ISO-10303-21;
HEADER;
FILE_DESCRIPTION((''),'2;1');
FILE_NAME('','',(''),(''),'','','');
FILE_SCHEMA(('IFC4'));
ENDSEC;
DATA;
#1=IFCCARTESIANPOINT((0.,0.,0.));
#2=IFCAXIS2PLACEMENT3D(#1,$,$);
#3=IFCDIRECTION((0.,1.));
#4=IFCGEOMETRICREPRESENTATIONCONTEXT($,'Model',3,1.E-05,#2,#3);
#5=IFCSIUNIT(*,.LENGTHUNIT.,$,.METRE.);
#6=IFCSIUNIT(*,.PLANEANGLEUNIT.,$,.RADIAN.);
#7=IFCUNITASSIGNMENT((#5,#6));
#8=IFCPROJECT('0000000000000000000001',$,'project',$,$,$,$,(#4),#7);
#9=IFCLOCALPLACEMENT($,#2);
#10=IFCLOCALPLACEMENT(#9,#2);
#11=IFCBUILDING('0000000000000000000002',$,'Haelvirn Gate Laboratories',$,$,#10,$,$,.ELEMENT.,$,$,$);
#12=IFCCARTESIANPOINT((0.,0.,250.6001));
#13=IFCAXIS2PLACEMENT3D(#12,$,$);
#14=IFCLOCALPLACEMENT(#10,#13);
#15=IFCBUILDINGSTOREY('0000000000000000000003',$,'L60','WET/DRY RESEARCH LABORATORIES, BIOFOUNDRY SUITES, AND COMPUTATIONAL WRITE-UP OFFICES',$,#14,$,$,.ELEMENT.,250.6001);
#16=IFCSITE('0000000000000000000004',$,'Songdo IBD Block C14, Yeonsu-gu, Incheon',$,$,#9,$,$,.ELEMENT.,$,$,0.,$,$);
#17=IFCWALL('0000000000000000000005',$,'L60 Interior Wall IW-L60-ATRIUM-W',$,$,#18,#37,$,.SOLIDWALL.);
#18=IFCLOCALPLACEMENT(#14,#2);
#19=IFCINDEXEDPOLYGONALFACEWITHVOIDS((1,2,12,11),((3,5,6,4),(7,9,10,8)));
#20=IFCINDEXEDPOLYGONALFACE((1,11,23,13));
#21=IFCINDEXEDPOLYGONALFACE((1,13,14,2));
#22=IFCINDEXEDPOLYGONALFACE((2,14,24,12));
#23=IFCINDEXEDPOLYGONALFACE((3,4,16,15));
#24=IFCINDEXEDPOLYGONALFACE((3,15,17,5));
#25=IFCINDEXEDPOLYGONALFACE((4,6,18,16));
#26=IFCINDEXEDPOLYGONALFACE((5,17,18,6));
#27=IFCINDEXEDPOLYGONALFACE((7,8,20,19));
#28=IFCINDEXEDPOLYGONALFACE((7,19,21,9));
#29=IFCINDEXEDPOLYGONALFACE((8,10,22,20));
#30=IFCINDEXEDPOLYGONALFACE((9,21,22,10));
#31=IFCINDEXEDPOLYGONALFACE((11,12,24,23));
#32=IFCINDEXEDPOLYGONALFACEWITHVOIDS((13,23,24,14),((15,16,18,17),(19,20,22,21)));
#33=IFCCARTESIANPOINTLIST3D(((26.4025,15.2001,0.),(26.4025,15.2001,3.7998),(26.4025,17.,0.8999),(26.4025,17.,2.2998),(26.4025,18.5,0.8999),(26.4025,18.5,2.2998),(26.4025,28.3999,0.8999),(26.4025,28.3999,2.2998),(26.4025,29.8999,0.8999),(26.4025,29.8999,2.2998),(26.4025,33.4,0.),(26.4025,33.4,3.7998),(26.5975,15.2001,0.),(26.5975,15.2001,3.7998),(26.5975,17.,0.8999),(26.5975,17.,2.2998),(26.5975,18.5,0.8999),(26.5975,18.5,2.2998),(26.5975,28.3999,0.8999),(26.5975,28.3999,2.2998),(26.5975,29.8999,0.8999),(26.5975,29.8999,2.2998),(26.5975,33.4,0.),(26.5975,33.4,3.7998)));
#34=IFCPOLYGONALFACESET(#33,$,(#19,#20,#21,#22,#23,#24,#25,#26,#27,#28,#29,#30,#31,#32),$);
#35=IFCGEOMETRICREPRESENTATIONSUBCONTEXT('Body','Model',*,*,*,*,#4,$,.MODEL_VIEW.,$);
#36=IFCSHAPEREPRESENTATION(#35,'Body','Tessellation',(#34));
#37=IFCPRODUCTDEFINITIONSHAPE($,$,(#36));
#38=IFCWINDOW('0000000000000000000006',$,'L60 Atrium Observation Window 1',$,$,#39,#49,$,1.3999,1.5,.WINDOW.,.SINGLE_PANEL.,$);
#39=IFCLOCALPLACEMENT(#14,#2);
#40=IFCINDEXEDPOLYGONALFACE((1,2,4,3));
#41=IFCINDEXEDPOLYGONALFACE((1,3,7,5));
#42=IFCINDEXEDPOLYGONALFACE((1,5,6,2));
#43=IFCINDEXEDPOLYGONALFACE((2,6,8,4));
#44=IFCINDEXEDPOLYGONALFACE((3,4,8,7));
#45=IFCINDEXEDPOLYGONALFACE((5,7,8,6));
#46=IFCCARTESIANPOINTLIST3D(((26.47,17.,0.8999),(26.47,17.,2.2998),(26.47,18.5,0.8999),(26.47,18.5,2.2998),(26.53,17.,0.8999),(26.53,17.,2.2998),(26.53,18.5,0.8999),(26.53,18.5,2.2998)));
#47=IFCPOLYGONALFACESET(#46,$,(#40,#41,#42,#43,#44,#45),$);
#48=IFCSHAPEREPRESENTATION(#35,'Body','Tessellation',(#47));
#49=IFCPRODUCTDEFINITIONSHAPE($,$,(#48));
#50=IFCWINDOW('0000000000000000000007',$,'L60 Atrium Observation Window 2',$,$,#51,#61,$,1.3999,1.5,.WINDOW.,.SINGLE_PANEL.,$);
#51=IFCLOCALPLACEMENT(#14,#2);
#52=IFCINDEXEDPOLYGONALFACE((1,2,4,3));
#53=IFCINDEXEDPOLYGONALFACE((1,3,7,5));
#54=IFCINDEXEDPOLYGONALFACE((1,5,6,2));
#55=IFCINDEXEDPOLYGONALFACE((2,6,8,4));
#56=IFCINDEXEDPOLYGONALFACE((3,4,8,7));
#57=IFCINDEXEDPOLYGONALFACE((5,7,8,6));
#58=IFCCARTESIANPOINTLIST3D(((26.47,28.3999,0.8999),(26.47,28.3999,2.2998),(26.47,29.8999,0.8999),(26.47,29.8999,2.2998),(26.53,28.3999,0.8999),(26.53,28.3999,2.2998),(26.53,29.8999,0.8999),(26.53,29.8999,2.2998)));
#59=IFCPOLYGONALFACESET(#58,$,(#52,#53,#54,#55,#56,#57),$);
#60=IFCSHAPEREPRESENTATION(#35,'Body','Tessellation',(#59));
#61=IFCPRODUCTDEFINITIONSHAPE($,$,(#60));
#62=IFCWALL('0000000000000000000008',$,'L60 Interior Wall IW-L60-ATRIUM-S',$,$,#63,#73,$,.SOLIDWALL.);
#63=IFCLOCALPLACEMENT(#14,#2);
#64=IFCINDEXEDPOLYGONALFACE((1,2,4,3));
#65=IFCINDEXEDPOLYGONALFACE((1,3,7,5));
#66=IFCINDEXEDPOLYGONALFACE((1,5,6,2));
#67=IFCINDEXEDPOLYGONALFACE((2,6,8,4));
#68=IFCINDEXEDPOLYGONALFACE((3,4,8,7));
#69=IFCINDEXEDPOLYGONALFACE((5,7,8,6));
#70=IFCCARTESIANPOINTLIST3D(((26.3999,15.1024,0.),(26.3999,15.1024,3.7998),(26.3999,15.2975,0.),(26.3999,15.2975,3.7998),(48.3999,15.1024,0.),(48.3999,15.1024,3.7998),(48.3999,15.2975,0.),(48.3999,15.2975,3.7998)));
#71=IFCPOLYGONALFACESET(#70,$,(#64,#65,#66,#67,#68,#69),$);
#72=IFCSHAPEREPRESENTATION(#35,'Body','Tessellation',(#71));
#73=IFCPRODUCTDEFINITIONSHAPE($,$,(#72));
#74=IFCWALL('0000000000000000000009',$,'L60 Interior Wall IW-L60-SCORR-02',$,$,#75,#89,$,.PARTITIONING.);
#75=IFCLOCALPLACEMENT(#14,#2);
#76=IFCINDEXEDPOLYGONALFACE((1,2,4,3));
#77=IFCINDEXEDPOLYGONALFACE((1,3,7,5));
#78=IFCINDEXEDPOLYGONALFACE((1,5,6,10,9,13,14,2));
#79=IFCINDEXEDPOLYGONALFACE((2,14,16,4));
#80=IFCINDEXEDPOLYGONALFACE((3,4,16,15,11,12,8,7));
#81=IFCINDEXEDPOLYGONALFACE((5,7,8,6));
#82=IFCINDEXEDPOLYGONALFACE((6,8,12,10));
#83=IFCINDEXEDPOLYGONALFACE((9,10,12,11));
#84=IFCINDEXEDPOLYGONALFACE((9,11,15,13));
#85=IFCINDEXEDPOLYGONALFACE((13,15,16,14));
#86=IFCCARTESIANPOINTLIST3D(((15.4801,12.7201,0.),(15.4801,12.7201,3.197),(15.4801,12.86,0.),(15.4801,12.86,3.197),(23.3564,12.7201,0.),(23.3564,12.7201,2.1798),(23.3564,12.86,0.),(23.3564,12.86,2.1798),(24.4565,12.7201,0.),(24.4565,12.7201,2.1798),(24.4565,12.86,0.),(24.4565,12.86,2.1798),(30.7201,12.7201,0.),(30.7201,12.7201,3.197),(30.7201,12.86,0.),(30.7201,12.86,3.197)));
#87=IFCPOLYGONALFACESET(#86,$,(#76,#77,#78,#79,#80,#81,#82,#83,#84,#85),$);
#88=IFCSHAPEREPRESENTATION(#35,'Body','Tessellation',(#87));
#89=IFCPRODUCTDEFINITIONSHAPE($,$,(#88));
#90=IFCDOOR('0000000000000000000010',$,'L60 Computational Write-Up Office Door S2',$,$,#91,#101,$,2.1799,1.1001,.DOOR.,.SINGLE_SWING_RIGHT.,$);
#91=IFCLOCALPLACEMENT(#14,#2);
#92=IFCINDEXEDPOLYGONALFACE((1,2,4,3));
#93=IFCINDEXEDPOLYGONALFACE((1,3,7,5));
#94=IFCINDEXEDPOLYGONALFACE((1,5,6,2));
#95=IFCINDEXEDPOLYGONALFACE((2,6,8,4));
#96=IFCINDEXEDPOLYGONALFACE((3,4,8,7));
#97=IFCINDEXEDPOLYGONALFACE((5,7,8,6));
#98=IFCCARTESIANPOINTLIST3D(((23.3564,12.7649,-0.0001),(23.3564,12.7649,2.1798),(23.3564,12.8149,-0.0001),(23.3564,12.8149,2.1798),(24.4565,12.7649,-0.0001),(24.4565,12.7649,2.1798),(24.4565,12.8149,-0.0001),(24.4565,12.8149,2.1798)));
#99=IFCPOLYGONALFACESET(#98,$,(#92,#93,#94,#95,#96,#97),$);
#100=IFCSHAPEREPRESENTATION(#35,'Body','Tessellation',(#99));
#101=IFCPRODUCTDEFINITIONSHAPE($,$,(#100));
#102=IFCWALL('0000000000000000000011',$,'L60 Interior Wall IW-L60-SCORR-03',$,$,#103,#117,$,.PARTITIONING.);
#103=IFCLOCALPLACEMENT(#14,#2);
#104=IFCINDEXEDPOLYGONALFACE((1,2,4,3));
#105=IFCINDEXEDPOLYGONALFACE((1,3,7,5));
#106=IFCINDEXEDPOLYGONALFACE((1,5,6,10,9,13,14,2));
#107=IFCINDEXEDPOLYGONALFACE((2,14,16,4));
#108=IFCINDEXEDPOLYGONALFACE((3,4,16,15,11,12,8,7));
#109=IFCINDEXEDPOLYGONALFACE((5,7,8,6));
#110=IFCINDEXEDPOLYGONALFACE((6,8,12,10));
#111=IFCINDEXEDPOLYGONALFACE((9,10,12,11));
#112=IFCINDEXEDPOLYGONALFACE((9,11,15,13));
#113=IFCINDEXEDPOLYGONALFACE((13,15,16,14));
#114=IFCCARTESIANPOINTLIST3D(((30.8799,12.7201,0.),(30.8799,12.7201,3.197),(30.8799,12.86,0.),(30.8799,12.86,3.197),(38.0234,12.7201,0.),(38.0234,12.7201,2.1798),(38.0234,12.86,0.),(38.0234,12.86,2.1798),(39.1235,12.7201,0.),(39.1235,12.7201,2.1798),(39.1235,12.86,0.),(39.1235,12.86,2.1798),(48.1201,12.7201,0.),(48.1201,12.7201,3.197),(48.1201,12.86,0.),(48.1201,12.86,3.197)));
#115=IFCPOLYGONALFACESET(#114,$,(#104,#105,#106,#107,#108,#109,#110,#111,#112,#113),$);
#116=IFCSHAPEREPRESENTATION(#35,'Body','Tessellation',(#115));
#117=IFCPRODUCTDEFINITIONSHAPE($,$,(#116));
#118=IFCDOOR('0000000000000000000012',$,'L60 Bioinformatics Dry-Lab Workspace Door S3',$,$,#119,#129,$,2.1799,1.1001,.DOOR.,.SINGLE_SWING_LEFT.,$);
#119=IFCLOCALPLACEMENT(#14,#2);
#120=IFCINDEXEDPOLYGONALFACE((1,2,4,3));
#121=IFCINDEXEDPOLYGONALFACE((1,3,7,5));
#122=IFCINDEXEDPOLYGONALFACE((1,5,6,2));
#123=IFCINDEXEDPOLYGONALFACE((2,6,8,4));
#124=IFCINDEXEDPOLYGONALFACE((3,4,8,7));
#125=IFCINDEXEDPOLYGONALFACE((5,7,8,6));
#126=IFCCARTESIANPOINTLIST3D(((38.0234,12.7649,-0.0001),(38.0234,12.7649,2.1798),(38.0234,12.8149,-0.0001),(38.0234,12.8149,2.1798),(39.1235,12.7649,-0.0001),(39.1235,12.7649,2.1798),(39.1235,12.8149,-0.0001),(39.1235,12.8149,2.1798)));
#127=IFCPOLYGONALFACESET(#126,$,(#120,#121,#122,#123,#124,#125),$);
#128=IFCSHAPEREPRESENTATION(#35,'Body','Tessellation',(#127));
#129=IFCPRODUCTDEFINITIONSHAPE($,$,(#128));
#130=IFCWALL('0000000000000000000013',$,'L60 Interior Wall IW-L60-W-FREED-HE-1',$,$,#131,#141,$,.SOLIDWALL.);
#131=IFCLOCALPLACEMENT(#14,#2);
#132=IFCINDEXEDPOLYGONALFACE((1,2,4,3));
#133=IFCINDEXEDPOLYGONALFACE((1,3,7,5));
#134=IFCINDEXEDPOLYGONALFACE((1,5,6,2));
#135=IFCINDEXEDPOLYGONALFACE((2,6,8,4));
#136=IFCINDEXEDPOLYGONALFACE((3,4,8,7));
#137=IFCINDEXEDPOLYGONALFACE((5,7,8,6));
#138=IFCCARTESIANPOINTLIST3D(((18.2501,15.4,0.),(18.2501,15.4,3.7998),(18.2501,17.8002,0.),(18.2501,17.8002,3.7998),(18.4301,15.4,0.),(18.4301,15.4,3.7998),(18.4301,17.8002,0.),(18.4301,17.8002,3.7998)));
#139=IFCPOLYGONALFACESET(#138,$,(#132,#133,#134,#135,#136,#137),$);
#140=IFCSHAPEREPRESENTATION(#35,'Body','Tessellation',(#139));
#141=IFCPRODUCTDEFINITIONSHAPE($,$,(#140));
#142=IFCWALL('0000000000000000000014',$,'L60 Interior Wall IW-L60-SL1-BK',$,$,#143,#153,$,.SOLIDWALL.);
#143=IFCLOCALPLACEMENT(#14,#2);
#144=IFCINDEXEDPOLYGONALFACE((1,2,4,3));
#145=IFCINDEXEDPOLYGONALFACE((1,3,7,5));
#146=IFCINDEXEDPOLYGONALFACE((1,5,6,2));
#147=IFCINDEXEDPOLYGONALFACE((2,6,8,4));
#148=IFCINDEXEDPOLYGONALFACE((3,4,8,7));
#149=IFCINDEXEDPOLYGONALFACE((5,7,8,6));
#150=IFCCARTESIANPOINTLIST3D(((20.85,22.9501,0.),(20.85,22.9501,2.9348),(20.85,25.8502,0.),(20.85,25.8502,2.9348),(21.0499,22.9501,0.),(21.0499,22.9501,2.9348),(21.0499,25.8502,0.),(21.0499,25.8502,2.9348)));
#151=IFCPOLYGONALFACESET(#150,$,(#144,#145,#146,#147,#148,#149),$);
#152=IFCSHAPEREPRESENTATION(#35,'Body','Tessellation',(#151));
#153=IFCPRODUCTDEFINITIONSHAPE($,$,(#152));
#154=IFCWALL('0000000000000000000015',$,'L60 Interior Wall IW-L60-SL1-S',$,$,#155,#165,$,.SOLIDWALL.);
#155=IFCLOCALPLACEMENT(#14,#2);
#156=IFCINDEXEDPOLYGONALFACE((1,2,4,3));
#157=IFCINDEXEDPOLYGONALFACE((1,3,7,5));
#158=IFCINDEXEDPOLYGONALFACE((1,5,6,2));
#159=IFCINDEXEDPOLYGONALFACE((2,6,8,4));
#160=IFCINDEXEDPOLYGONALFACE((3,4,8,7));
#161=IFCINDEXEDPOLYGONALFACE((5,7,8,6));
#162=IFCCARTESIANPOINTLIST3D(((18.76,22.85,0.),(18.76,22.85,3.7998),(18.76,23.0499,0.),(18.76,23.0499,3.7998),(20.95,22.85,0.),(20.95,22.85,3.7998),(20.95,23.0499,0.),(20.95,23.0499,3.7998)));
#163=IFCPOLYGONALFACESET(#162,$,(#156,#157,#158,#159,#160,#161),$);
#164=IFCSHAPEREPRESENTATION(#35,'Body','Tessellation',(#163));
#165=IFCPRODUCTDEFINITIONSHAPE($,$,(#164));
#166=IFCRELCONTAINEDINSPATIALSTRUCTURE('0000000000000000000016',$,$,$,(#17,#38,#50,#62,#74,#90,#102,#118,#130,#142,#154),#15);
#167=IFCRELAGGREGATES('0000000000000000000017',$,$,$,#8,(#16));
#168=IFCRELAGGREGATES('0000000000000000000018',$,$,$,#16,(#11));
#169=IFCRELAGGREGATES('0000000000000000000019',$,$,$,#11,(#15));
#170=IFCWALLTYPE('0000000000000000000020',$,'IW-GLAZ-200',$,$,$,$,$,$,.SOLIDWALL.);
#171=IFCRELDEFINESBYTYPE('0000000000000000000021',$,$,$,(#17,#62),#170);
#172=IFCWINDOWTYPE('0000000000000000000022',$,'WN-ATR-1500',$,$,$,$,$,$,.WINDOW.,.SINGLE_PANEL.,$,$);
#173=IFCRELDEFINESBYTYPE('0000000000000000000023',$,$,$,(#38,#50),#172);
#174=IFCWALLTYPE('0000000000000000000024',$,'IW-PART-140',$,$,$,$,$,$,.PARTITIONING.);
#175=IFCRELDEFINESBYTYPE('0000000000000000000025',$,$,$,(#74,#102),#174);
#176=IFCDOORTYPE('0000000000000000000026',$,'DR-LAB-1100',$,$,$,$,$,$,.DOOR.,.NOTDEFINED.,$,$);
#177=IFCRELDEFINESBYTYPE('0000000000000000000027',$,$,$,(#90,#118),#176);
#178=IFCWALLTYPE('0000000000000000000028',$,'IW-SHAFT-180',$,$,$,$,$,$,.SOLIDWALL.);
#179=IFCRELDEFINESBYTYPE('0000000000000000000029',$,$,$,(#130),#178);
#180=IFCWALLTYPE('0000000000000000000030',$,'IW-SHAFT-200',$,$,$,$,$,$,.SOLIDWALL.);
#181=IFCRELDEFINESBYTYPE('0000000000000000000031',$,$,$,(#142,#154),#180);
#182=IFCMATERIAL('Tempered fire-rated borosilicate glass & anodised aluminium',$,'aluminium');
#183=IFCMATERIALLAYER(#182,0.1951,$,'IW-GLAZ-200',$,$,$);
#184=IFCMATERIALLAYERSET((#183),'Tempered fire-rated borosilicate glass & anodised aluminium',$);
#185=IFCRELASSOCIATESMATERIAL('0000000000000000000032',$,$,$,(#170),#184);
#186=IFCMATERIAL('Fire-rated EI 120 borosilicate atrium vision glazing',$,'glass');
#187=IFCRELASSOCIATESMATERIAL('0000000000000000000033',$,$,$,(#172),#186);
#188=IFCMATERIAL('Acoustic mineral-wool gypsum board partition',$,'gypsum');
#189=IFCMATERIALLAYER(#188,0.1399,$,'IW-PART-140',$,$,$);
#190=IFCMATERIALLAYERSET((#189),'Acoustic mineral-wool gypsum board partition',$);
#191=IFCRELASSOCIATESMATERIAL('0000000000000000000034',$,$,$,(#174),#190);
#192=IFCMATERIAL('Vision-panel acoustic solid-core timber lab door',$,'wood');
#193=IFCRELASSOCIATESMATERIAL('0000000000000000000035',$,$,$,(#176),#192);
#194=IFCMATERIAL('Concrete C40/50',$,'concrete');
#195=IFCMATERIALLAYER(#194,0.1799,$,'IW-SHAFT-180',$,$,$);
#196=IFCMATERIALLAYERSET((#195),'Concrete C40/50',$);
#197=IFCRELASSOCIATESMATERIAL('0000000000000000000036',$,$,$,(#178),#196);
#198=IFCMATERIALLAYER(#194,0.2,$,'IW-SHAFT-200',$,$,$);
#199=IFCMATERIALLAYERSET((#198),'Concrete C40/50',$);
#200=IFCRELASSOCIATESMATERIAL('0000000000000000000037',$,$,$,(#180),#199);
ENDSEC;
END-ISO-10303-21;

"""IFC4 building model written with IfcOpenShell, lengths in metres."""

from ifc_helpers import new_model, si_unit, direction, frame, frame_2d, origin, place, context, subcontext, project, spatial, rectangle, extrude, source, transform, mapped, material, layer, layer_set, type_object, type_shapes, element, fill, save


model = new_model("IFC4")

# Units and contexts
model_context = context("Model", 3, precision=1e-05, world=origin(), true_north=direction((0.0, 1.0)))
body_context = subcontext(model_context, "Body", "Model", "MODEL_VIEW")
ifc_project = project(units=[si_unit("LENGTHUNIT", "METRE"), si_unit("PLANEANGLEUNIT", "RADIAN")], contexts=[model_context])

# Site, building, storey
site_placement = place(None, origin())
site = spatial("IfcSite", under=ifc_project, at=site_placement, Name="Songdo IBD Block C14, Yeonsu-gu, Incheon", CompositionType="ELEMENT", RefElevation=0.0)
building_placement = place(site_placement, origin())
building = spatial("IfcBuilding", under=site, at=building_placement, Name="Haelvirn Gate Laboratories", CompositionType="ELEMENT")
storey_placement = place(building_placement, frame((0.0, 0.0, 250.6001)))
storey = spatial("IfcBuildingStorey", under=building, at=storey_placement, Name="L60", Description="WET/DRY RESEARCH LABORATORIES, BIOFOUNDRY SUITES, AND COMPUTATIONAL WRITE-UP OFFICES", CompositionType="ELEMENT", Elevation=250.6001)

# Wall, openings, windows
ifc_material_1 = material(Name="Tempered fire-rated borosilicate glass & anodised aluminium", Category="aluminium")
ifc_layer_1 = layer(ifc_material_1, 0.1951, Name="IW-GLAZ-200")
ifc_layer_set_1 = layer_set([ifc_layer_1], Name="Tempered fire-rated borosilicate glass & anodised aluminium")
wall_type_1 = type_object("IfcWallType", Name="IW-GLAZ-200", PredefinedType="SOLIDWALL", material=ifc_layer_set_1)
wall_1_placement = place(storey_placement, frame((26.5, 15.2, 0.0), z_axis=(0.0, 0.0, 1.0), x_axis=(0.0, 1.0, 0.0)))
wall_1 = element("IfcWall", 1, at=wall_1_placement, inside=storey, type_object=wall_type_1, Name="L60 Interior Wall IW-L60-ATRIUM-W", PredefinedType="SOLIDWALL", context=body_context, shape_type="SweptSolid", body=[
    extrude(rectangle(XDim=18.2, YDim=0.1951, at=frame_2d((9.1001, 0.0))), origin(), (0.0, 0.0, 1.0), 3.7998),
])
opening_1_placement = place(wall_1_placement, frame((1.8, 0.0, 0.8999)))
opening_1 = element("IfcOpeningElement", 2, at=opening_1_placement, cuts=wall_1, PredefinedType="OPENING", context=body_context, shape_type="SweptSolid", body=[
    extrude(rectangle(XDim=1.5, YDim=1.3999, at=frame_2d((0.75, 0.7))), frame((0.0, 0.1074, 0.0), z_axis=(0.0, -1.0, 0.0), x_axis=(1.0, 0.0, 0.0)), (0.0, 0.0, 1.0), 0.2151),
])
opening_2_placement = place(wall_1_placement, frame((13.2, 0.0, 0.8999)))
opening_2 = element("IfcOpeningElement", 3, at=opening_2_placement, cuts=wall_1, PredefinedType="OPENING", context=body_context, shape_type="SweptSolid", body=[
    extrude(rectangle(XDim=1.5, YDim=1.3999, at=frame_2d((0.75, 0.7))), frame((0.0, 0.1074, 0.0), z_axis=(0.0, -1.0, 0.0), x_axis=(1.0, 0.0, 0.0)), (0.0, 0.0, 1.0), 0.2151),
])
ifc_material_2 = material(Name="Fire-rated EI 120 borosilicate atrium vision glazing", Category="glass")
window_type = type_object("IfcWindowType", Name="WN-ATR-1500", PartitioningType="SINGLE_PANEL", PredefinedType="WINDOW", material=ifc_material_2)
shared_shape_1 = source(origin(), body_context, "Body", "SweptSolid", [
    extrude(rectangle(XDim=1.5, YDim=1.3999, at=frame_2d((0.75, 0.7))), frame((0.0, 0.03, 0.0), z_axis=(0.0, -1.0, 0.0), x_axis=(1.0, 0.0, 0.0)), (0.0, 0.0, 1.0), 0.0601),
])
type_shapes(window_type, [shared_shape_1])
window_1_placement = place(opening_1_placement, origin())
window_1 = element("IfcWindow", 4, at=window_1_placement, inside=storey, type_object=window_type, Name="L60 Atrium Observation Window 1", OverallHeight=1.3999, OverallWidth=1.5, PartitioningType="SINGLE_PANEL", PredefinedType="WINDOW", context=body_context, shape_type="MappedRepresentation", body=[
    mapped(shared_shape_1, transform((0.0, 0.0, 0.0), scale=1.0)),
])
fill(opening_1, window_1)
window_2_placement = place(opening_2_placement, origin())
window_2 = element("IfcWindow", 5, at=window_2_placement, inside=storey, type_object=window_type, Name="L60 Atrium Observation Window 2", OverallHeight=1.3999, OverallWidth=1.5, PartitioningType="SINGLE_PANEL", PredefinedType="WINDOW", context=body_context, shape_type="MappedRepresentation", body=[
    mapped(shared_shape_1, transform((0.0, 0.0, 0.0), scale=1.0)),
])
fill(opening_2, window_2)

# Wall
wall_2_placement = place(storey_placement, frame((26.3999, 15.2, 0.0), z_axis=(0.0, 0.0, 1.0), x_axis=(1.0, 0.0, 0.0)))
element("IfcWall", 6, at=wall_2_placement, inside=storey, type_object=wall_type_1, Name="L60 Interior Wall IW-L60-ATRIUM-S", PredefinedType="SOLIDWALL", context=body_context, shape_type="SweptSolid", body=[
    extrude(rectangle(XDim=22.0, YDim=0.1951, at=frame_2d((11.0, 0.0))), origin(), (0.0, 0.0, 1.0), 3.7998),
])

# Walls, openings, doors
ifc_material_3 = material(Name="Acoustic mineral-wool gypsum board partition", Category="gypsum")
ifc_layer_2 = layer(ifc_material_3, 0.1399, Name="IW-PART-140")
ifc_layer_set_2 = layer_set([ifc_layer_2], Name="Acoustic mineral-wool gypsum board partition")
wall_type_2 = type_object("IfcWallType", Name="IW-PART-140", PredefinedType="PARTITIONING", material=ifc_layer_set_2)
wall_3_placement = place(storey_placement, frame((15.48, 12.79, 0.0), z_axis=(0.0, 0.0, 1.0), x_axis=(1.0, 0.0, 0.0)))
wall_3 = element("IfcWall", 7, at=wall_3_placement, inside=storey, type_object=wall_type_2, Name="L60 Interior Wall IW-L60-SCORR-02", PredefinedType="PARTITIONING", context=body_context, shape_type="SweptSolid", body=[
    extrude(rectangle(XDim=15.24, YDim=0.1399, at=frame_2d((7.6201, 0.0))), origin(), (0.0, 0.0, 1.0), 3.197),
])
opening_3_placement = place(wall_3_placement, frame((7.8765, 0.0, 0.0)))
opening_3 = element("IfcOpeningElement", 8, at=opening_3_placement, cuts=wall_3, PredefinedType="OPENING", context=body_context, shape_type="SweptSolid", body=[
    extrude(rectangle(XDim=1.1001, YDim=2.1799, at=frame_2d((0.55, 1.0898))), frame((0.0, 0.0801, 0.0), z_axis=(0.0, -1.0, 0.0), x_axis=(1.0, 0.0, 0.0)), (0.0, 0.0, 1.0), 0.1599),
])
ifc_material_4 = material(Name="Vision-panel acoustic solid-core timber lab door", Category="wood")
door_type_1 = type_object("IfcDoorType", Name="DR-LAB-1100", OperationType="NOTDEFINED", PredefinedType="DOOR", material=ifc_material_4)
shared_shape_2 = source(origin(), body_context, "Body", "SweptSolid", [
    extrude(rectangle(XDim=1.1001, YDim=2.1799, at=frame_2d((0.55, 1.0898))), frame((0.0, 0.0249, 0.0), z_axis=(0.0, -1.0, 0.0), x_axis=(1.0, 0.0, 0.0)), (0.0, 0.0, 1.0), 0.05),
])
type_shapes(door_type_1, [shared_shape_2])
door_1_placement = place(opening_3_placement, origin())
door_1 = element("IfcDoor", 9, at=door_1_placement, inside=storey, type_object=door_type_1, Name="L60 Computational Write-Up Office Door S2", OperationType="SINGLE_SWING_RIGHT", OverallHeight=2.1799, OverallWidth=1.1001, PredefinedType="DOOR", context=body_context, shape_type="MappedRepresentation", body=[
    mapped(shared_shape_2, transform((0.0, 0.0, 0.0), scale=1.0)),
])
fill(opening_3, door_1)
wall_4_placement = place(storey_placement, frame((30.8799, 12.79, 0.0), z_axis=(0.0, 0.0, 1.0), x_axis=(1.0, 0.0, 0.0)))
wall_4 = element("IfcWall", 10, at=wall_4_placement, inside=storey, type_object=wall_type_2, Name="L60 Interior Wall IW-L60-SCORR-03", PredefinedType="PARTITIONING", context=body_context, shape_type="SweptSolid", body=[
    extrude(rectangle(XDim=17.2402, YDim=0.1399, at=frame_2d((8.6201, 0.0))), origin(), (0.0, 0.0, 1.0), 3.197),
])
opening_4_placement = place(wall_4_placement, frame((7.1436, 0.0, 0.0)))
opening_4 = element("IfcOpeningElement", 11, at=opening_4_placement, cuts=wall_4, PredefinedType="OPENING", context=body_context, shape_type="SweptSolid", body=[
    extrude(rectangle(XDim=1.1001, YDim=2.1799, at=frame_2d((0.55, 1.0898))), frame((0.0, 0.0801, 0.0), z_axis=(0.0, -1.0, 0.0), x_axis=(1.0, 0.0, 0.0)), (0.0, 0.0, 1.0), 0.1599),
])
door_2_placement = place(opening_4_placement, origin())
door_2 = element("IfcDoor", 12, at=door_2_placement, inside=storey, type_object=door_type_1, Name="L60 Bioinformatics Dry-Lab Workspace Door S3", OperationType="SINGLE_SWING_LEFT", OverallHeight=2.1799, OverallWidth=1.1001, PredefinedType="DOOR", context=body_context, shape_type="MappedRepresentation", body=[
    mapped(shared_shape_2, transform((0.0, 0.0, 0.0), scale=1.0)),
])
fill(opening_4, door_2)

# Walls
ifc_material_5 = material(Name="Concrete C40/50", Category="concrete")
ifc_layer_3 = layer(ifc_material_5, 0.1799, Name="IW-SHAFT-180")
ifc_layer_set_3 = layer_set([ifc_layer_3], Name="Concrete C40/50")
wall_type_3 = type_object("IfcWallType", Name="IW-SHAFT-180", PredefinedType="SOLIDWALL", material=ifc_layer_set_3)
wall_5_placement = place(storey_placement, frame((18.3401, 15.3999, 0.0), z_axis=(0.0, 0.0, 1.0), x_axis=(0.0, 1.0, 0.0)))
element("IfcWall", 13, at=wall_5_placement, inside=storey, type_object=wall_type_3, Name="L60 Interior Wall IW-L60-W-FREED-HE-1", PredefinedType="SOLIDWALL", context=body_context, shape_type="SweptSolid", body=[
    extrude(rectangle(XDim=2.4001, YDim=0.1799, at=frame_2d((1.2002, 0.0))), origin(), (0.0, 0.0, 1.0), 3.7998),
])
ifc_layer_4 = layer(ifc_material_5, 0.2, Name="IW-SHAFT-200")
ifc_layer_set_4 = layer_set([ifc_layer_4], Name="Concrete C40/50")
wall_type_4 = type_object("IfcWallType", Name="IW-SHAFT-200", PredefinedType="SOLIDWALL", material=ifc_layer_set_4)
wall_6_placement = place(storey_placement, frame((20.95, 22.95, 0.0), z_axis=(0.0, 0.0, 1.0), x_axis=(0.0, 1.0, 0.0)))
element("IfcWall", 14, at=wall_6_placement, inside=storey, type_object=wall_type_4, Name="L60 Interior Wall IW-L60-SL1-BK", PredefinedType="SOLIDWALL", context=body_context, shape_type="SweptSolid", body=[
    extrude(rectangle(XDim=2.9001, YDim=0.2, at=frame_2d((1.4502, 0.0))), origin(), (0.0, 0.0, 1.0), 2.9348),
])
wall_7_placement = place(storey_placement, frame((18.76, 22.95, 0.0), z_axis=(0.0, 0.0, 1.0), x_axis=(1.0, 0.0, 0.0)))
element("IfcWall", 15, at=wall_7_placement, inside=storey, type_object=wall_type_4, Name="L60 Interior Wall IW-L60-SL1-S", PredefinedType="SOLIDWALL", context=body_context, shape_type="SweptSolid", body=[
    extrude(rectangle(XDim=2.1899, YDim=0.2, at=frame_2d((1.095, 0.0))), origin(), (0.0, 0.0, 1.0), 3.7998),
])

save(model, "model.ifc")
